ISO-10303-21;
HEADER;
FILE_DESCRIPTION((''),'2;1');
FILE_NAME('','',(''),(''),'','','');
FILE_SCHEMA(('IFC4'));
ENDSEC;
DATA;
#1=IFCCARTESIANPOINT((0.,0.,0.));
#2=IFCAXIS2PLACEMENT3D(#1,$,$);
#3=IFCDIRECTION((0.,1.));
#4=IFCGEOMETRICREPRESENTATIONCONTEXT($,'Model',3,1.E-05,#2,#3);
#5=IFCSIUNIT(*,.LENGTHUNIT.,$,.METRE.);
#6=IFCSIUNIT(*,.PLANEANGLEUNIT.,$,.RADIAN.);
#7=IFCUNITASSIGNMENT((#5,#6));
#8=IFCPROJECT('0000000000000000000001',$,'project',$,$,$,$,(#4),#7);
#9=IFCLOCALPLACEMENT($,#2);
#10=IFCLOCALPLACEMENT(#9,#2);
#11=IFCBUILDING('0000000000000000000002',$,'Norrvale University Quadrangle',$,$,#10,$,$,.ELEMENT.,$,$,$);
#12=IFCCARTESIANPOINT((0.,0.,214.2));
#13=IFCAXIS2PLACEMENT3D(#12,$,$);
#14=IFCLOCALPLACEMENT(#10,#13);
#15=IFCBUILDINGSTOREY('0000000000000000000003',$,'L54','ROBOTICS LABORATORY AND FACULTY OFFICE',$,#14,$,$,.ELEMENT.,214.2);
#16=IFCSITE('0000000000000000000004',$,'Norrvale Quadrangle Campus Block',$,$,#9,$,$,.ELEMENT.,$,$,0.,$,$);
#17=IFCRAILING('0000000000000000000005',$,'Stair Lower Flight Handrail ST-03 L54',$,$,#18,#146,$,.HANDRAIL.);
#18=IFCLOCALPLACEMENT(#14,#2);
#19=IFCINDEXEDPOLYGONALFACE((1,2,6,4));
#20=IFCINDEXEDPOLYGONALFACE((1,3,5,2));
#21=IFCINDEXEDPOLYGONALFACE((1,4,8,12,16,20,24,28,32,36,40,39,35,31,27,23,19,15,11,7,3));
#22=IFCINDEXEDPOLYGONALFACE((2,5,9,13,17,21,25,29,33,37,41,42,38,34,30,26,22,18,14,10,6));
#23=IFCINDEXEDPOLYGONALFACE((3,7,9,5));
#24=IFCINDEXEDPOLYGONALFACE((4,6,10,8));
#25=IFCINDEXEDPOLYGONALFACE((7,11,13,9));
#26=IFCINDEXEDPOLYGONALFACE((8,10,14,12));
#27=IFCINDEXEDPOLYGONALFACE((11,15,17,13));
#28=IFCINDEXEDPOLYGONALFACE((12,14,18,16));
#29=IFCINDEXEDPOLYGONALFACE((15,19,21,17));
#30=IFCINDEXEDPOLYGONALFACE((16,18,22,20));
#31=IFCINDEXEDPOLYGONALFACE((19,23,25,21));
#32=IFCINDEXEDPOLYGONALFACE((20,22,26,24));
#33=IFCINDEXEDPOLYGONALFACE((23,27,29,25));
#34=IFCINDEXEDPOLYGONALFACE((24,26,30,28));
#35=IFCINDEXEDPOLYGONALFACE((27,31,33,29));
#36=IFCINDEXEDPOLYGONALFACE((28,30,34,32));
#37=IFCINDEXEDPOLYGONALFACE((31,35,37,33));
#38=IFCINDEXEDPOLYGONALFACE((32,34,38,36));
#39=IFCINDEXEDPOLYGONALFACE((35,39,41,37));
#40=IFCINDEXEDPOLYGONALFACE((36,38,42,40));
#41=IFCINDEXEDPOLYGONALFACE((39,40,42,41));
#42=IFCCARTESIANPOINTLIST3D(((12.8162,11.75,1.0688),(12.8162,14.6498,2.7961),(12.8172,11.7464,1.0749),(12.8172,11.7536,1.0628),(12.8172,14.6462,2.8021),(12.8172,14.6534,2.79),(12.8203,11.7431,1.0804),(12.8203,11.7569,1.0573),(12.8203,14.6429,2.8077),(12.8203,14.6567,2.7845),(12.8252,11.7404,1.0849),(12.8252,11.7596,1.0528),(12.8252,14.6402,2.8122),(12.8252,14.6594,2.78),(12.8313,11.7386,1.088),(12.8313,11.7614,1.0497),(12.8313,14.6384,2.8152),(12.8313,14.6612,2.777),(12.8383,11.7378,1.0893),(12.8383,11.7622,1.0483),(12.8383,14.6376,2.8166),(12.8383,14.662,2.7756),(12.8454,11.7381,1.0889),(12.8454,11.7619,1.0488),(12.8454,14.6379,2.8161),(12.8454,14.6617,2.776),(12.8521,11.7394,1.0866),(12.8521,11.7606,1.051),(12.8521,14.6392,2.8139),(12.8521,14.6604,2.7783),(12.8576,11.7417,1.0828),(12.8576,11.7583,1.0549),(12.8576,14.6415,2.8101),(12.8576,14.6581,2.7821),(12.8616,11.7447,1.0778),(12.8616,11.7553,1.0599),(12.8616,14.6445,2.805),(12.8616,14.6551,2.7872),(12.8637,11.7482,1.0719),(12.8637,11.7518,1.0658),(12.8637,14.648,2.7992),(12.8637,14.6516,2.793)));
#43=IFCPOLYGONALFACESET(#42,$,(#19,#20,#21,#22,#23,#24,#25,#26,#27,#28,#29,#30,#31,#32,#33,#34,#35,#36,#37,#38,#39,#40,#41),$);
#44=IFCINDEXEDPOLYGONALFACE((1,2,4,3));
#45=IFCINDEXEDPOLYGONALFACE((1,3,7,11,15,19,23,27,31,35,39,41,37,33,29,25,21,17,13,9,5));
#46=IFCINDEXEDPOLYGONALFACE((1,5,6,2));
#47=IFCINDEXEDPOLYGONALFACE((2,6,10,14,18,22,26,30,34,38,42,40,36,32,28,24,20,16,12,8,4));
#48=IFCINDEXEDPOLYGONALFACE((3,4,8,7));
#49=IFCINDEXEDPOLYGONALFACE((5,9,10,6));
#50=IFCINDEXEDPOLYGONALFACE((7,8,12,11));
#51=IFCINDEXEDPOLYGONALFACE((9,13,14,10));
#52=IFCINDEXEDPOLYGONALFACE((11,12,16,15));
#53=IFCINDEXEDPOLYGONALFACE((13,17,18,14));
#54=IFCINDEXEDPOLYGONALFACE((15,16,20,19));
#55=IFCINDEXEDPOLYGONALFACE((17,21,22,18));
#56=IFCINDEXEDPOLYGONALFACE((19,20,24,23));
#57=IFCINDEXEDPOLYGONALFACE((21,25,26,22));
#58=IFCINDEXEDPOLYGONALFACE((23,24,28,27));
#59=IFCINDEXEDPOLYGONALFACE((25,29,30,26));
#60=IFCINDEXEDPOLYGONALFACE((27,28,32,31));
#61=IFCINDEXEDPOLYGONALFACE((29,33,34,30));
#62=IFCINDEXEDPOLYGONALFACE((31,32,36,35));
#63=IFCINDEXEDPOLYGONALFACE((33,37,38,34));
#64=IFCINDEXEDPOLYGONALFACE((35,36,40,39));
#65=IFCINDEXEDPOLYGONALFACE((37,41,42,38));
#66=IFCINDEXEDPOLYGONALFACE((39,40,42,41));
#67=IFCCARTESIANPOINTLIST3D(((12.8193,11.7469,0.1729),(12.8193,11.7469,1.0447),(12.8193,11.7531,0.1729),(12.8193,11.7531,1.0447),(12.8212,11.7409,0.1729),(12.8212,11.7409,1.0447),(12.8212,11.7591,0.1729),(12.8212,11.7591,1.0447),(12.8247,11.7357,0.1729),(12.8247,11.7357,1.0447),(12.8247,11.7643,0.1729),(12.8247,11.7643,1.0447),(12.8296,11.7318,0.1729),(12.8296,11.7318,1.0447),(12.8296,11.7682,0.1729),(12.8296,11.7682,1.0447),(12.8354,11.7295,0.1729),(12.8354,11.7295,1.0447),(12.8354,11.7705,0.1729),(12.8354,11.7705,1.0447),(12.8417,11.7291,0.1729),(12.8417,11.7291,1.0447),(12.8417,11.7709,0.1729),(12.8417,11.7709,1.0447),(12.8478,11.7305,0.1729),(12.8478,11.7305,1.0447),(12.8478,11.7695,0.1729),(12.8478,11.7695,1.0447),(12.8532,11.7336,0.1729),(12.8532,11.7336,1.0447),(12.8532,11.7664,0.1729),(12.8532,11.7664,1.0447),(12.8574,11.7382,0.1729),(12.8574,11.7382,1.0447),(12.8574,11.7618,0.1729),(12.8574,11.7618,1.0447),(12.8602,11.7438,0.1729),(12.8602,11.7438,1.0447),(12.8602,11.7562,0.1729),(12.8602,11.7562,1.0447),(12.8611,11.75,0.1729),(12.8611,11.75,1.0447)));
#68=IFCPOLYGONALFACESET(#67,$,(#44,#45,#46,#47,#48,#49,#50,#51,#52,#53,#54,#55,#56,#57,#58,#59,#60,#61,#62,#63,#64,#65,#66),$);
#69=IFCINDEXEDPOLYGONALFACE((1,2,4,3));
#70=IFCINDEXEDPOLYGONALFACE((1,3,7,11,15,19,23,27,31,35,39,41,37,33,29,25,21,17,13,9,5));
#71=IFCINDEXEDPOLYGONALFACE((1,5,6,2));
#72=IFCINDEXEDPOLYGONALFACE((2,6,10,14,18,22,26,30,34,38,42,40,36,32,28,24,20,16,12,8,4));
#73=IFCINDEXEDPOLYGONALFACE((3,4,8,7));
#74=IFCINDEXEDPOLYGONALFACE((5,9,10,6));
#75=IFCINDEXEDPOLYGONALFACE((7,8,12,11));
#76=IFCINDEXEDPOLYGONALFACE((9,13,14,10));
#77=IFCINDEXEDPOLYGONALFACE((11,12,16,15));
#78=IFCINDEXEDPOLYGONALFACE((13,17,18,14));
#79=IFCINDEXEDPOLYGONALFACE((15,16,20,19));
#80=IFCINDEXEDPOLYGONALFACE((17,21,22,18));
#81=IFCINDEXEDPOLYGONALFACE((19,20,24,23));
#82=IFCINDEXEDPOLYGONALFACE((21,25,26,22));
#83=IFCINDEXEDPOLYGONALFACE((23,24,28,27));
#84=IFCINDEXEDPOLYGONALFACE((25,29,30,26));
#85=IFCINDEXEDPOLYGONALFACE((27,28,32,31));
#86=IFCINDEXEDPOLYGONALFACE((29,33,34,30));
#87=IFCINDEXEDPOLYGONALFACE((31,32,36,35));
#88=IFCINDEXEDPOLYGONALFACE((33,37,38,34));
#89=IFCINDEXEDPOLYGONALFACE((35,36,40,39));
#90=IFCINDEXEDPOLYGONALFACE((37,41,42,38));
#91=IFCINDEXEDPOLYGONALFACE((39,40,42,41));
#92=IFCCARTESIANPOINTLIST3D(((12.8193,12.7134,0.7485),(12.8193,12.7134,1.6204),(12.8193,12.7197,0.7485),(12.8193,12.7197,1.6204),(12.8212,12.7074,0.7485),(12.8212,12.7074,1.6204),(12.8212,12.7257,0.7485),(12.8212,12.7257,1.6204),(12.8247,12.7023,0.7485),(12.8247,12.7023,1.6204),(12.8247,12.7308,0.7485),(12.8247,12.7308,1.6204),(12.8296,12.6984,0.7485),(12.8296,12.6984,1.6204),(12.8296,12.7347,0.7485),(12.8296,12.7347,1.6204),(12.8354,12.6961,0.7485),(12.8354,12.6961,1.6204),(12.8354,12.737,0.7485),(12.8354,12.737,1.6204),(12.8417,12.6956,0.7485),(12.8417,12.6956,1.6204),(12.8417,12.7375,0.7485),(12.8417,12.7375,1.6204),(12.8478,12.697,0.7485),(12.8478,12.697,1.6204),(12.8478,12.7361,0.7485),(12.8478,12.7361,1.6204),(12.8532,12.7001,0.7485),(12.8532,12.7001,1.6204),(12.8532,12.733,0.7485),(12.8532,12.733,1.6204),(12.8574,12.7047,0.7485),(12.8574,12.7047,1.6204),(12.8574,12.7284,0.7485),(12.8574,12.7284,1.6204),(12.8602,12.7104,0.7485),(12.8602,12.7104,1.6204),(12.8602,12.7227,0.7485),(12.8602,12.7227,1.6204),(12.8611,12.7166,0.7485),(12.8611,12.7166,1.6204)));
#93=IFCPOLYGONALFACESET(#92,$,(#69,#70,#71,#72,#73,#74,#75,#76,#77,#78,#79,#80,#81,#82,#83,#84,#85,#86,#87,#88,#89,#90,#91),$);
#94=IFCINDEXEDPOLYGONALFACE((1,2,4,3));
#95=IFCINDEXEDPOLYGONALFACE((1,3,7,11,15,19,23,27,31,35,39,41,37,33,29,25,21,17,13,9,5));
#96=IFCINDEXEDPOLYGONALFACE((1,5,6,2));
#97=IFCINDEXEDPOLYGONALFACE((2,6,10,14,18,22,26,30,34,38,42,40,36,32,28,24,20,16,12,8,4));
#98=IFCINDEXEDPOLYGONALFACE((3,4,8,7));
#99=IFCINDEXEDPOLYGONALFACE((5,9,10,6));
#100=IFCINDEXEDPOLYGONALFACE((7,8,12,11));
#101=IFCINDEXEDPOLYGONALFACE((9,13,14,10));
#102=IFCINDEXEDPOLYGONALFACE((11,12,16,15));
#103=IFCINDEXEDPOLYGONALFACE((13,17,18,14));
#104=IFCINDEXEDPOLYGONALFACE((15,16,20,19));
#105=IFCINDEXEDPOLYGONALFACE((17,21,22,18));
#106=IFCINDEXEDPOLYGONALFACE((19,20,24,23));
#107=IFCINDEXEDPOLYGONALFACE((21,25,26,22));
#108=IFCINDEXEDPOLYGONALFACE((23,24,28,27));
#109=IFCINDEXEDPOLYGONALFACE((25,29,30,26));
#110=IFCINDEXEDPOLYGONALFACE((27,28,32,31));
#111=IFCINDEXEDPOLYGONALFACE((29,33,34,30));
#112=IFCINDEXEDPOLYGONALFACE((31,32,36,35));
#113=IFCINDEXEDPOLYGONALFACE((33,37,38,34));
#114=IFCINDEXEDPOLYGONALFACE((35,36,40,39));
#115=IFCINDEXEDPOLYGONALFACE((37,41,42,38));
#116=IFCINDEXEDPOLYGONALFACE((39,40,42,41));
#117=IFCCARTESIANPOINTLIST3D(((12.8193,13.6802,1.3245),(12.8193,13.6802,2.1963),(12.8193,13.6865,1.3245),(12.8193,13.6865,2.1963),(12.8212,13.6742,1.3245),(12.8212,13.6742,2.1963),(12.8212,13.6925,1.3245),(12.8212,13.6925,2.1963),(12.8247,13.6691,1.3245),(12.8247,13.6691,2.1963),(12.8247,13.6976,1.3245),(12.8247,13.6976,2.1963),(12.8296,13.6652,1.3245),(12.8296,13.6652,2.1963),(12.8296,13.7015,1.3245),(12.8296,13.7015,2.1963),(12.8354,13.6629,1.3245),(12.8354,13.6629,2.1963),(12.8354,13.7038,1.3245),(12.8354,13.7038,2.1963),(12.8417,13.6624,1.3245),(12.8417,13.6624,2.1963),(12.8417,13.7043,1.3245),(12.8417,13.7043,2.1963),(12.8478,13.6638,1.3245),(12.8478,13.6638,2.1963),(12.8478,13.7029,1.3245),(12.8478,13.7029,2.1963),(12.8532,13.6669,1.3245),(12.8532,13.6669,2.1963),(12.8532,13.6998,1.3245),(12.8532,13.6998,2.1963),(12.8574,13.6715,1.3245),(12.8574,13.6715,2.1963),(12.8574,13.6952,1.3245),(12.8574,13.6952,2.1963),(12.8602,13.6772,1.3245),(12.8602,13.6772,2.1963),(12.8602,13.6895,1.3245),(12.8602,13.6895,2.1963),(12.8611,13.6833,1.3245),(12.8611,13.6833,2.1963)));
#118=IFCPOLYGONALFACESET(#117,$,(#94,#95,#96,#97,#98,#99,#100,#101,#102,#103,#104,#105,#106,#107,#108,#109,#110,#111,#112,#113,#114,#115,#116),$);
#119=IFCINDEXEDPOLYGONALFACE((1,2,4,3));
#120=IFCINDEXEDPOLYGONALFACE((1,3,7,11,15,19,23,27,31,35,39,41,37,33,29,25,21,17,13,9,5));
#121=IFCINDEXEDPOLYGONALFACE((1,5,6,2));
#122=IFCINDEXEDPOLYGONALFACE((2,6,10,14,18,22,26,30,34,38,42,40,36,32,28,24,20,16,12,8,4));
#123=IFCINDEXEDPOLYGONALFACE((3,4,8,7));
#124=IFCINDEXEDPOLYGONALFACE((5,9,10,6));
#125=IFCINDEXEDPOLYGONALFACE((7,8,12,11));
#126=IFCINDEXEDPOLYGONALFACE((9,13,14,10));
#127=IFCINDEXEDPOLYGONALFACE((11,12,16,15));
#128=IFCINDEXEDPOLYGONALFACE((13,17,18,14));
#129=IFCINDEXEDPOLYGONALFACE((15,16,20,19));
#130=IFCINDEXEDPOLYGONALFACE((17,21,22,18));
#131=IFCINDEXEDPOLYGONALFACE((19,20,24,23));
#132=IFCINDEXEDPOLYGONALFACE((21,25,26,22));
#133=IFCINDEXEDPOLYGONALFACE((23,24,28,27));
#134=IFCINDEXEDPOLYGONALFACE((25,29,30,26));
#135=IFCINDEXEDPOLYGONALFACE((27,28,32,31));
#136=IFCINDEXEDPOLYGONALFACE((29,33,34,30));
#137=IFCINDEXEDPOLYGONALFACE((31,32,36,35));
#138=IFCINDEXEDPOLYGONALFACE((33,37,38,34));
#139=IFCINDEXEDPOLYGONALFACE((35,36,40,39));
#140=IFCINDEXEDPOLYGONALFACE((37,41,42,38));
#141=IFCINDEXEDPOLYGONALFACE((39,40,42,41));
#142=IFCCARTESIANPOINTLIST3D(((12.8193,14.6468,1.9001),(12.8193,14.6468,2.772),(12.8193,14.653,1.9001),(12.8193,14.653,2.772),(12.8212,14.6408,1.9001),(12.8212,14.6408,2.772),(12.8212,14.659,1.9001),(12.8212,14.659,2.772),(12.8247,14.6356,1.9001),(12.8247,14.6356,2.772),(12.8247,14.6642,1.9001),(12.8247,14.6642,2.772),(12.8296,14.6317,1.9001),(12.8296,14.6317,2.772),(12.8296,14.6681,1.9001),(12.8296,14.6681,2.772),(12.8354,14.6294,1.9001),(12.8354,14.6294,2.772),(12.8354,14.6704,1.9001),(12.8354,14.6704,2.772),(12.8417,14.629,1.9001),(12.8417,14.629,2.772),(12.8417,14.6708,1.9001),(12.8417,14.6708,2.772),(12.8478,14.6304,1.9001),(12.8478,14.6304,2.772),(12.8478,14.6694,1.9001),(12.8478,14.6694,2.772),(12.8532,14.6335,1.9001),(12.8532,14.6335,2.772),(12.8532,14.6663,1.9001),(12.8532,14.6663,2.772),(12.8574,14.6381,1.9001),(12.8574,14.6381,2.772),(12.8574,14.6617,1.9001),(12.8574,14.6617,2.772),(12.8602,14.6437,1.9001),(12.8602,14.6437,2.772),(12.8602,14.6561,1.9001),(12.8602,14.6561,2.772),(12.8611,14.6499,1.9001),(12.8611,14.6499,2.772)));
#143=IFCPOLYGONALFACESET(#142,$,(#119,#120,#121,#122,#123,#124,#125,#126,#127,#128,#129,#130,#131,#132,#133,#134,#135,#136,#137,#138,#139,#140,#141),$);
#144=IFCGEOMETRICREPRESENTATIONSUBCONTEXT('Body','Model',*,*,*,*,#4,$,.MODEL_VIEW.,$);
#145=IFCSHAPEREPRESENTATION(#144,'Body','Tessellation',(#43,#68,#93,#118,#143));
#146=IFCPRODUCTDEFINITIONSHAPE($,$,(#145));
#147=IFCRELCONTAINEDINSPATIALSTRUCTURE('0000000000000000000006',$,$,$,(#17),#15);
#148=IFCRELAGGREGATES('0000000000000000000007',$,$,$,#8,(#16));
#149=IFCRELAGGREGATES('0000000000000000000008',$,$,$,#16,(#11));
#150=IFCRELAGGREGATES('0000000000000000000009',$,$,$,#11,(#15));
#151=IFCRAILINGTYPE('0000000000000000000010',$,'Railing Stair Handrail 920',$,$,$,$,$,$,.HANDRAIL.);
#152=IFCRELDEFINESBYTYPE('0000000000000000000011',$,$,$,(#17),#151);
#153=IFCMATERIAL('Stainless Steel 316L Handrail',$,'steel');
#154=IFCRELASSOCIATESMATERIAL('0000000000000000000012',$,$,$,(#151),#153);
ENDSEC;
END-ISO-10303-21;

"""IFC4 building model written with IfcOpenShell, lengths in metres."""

from ifc_helpers import new_model, si_unit, direction, frame, origin, origin_2d, place, context, subcontext, project, spatial, circle, extrude, material, type_object, element, save


model = new_model("IFC4")

# Units and contexts
model_context = context("Model", 3, precision=1e-05, world=origin(), true_north=direction((0.0, 1.0)))
body_context = subcontext(model_context, "Body", "Model", "MODEL_VIEW")
ifc_project = project(units=[si_unit("LENGTHUNIT", "METRE"), si_unit("PLANEANGLEUNIT", "RADIAN")], contexts=[model_context])

# Site, building, storey
site_placement = place(None, origin())
site = spatial("IfcSite", under=ifc_project, at=site_placement, Name="Norrvale Quadrangle Campus Block", CompositionType="ELEMENT", RefElevation=0.0)
building_placement = place(site_placement, origin())
building = spatial("IfcBuilding", under=site, at=building_placement, Name="Norrvale University Quadrangle", CompositionType="ELEMENT")
storey_placement = place(building_placement, frame((0.0, 0.0, 214.2)))
storey = spatial("IfcBuildingStorey", under=building, at=storey_placement, Name="L54", Description="ROBOTICS LABORATORY AND FACULTY OFFICE", CompositionType="ELEMENT", Elevation=214.2)

# Railing
ifc_material_1 = material(Name="Stainless Steel 316L Handrail", Category="steel")
railing_type_1 = type_object("IfcRailingType", Name="Railing Stair Handrail 920", PredefinedType="HANDRAIL", material=ifc_material_1)
railing_1_placement = place(storey_placement, frame((12.8401, 11.75, 0.1729)))
element("IfcRailing", 1, at=railing_1_placement, inside=storey, type_object=railing_type_1, Name="Stair Lower Flight Handrail ST-03 L54", PredefinedType="HANDRAIL", context=body_context, shape_type="SweptSolid", body=[
    extrude(circle(Radius=0.0239, at=origin_2d()), frame((0.0, 0.0, 0.896), z_axis=(0.0, 0.859141, 0.511738), x_axis=(-1.0, 0.0, 0.0)), (0.0, 0.0, 1.0), 3.3752),
    extrude(circle(Radius=0.021, at=origin_2d()), origin(), (0.0, 0.0, 1.0), 0.8718),
    extrude(circle(Radius=0.021, at=origin_2d()), frame((0.0, 0.9666, 0.5757)), (0.0, 0.0, 1.0), 0.8718),
    extrude(circle(Radius=0.021, at=origin_2d()), frame((0.0, 1.9333, 1.1516)), (0.0, 0.0, 1.0), 0.8718),
    extrude(circle(Radius=0.021, at=origin_2d()), frame((0.0, 2.8999, 1.7273)), (0.0, 0.0, 1.0), 0.8718),
])

save(model, "model.ifc")
